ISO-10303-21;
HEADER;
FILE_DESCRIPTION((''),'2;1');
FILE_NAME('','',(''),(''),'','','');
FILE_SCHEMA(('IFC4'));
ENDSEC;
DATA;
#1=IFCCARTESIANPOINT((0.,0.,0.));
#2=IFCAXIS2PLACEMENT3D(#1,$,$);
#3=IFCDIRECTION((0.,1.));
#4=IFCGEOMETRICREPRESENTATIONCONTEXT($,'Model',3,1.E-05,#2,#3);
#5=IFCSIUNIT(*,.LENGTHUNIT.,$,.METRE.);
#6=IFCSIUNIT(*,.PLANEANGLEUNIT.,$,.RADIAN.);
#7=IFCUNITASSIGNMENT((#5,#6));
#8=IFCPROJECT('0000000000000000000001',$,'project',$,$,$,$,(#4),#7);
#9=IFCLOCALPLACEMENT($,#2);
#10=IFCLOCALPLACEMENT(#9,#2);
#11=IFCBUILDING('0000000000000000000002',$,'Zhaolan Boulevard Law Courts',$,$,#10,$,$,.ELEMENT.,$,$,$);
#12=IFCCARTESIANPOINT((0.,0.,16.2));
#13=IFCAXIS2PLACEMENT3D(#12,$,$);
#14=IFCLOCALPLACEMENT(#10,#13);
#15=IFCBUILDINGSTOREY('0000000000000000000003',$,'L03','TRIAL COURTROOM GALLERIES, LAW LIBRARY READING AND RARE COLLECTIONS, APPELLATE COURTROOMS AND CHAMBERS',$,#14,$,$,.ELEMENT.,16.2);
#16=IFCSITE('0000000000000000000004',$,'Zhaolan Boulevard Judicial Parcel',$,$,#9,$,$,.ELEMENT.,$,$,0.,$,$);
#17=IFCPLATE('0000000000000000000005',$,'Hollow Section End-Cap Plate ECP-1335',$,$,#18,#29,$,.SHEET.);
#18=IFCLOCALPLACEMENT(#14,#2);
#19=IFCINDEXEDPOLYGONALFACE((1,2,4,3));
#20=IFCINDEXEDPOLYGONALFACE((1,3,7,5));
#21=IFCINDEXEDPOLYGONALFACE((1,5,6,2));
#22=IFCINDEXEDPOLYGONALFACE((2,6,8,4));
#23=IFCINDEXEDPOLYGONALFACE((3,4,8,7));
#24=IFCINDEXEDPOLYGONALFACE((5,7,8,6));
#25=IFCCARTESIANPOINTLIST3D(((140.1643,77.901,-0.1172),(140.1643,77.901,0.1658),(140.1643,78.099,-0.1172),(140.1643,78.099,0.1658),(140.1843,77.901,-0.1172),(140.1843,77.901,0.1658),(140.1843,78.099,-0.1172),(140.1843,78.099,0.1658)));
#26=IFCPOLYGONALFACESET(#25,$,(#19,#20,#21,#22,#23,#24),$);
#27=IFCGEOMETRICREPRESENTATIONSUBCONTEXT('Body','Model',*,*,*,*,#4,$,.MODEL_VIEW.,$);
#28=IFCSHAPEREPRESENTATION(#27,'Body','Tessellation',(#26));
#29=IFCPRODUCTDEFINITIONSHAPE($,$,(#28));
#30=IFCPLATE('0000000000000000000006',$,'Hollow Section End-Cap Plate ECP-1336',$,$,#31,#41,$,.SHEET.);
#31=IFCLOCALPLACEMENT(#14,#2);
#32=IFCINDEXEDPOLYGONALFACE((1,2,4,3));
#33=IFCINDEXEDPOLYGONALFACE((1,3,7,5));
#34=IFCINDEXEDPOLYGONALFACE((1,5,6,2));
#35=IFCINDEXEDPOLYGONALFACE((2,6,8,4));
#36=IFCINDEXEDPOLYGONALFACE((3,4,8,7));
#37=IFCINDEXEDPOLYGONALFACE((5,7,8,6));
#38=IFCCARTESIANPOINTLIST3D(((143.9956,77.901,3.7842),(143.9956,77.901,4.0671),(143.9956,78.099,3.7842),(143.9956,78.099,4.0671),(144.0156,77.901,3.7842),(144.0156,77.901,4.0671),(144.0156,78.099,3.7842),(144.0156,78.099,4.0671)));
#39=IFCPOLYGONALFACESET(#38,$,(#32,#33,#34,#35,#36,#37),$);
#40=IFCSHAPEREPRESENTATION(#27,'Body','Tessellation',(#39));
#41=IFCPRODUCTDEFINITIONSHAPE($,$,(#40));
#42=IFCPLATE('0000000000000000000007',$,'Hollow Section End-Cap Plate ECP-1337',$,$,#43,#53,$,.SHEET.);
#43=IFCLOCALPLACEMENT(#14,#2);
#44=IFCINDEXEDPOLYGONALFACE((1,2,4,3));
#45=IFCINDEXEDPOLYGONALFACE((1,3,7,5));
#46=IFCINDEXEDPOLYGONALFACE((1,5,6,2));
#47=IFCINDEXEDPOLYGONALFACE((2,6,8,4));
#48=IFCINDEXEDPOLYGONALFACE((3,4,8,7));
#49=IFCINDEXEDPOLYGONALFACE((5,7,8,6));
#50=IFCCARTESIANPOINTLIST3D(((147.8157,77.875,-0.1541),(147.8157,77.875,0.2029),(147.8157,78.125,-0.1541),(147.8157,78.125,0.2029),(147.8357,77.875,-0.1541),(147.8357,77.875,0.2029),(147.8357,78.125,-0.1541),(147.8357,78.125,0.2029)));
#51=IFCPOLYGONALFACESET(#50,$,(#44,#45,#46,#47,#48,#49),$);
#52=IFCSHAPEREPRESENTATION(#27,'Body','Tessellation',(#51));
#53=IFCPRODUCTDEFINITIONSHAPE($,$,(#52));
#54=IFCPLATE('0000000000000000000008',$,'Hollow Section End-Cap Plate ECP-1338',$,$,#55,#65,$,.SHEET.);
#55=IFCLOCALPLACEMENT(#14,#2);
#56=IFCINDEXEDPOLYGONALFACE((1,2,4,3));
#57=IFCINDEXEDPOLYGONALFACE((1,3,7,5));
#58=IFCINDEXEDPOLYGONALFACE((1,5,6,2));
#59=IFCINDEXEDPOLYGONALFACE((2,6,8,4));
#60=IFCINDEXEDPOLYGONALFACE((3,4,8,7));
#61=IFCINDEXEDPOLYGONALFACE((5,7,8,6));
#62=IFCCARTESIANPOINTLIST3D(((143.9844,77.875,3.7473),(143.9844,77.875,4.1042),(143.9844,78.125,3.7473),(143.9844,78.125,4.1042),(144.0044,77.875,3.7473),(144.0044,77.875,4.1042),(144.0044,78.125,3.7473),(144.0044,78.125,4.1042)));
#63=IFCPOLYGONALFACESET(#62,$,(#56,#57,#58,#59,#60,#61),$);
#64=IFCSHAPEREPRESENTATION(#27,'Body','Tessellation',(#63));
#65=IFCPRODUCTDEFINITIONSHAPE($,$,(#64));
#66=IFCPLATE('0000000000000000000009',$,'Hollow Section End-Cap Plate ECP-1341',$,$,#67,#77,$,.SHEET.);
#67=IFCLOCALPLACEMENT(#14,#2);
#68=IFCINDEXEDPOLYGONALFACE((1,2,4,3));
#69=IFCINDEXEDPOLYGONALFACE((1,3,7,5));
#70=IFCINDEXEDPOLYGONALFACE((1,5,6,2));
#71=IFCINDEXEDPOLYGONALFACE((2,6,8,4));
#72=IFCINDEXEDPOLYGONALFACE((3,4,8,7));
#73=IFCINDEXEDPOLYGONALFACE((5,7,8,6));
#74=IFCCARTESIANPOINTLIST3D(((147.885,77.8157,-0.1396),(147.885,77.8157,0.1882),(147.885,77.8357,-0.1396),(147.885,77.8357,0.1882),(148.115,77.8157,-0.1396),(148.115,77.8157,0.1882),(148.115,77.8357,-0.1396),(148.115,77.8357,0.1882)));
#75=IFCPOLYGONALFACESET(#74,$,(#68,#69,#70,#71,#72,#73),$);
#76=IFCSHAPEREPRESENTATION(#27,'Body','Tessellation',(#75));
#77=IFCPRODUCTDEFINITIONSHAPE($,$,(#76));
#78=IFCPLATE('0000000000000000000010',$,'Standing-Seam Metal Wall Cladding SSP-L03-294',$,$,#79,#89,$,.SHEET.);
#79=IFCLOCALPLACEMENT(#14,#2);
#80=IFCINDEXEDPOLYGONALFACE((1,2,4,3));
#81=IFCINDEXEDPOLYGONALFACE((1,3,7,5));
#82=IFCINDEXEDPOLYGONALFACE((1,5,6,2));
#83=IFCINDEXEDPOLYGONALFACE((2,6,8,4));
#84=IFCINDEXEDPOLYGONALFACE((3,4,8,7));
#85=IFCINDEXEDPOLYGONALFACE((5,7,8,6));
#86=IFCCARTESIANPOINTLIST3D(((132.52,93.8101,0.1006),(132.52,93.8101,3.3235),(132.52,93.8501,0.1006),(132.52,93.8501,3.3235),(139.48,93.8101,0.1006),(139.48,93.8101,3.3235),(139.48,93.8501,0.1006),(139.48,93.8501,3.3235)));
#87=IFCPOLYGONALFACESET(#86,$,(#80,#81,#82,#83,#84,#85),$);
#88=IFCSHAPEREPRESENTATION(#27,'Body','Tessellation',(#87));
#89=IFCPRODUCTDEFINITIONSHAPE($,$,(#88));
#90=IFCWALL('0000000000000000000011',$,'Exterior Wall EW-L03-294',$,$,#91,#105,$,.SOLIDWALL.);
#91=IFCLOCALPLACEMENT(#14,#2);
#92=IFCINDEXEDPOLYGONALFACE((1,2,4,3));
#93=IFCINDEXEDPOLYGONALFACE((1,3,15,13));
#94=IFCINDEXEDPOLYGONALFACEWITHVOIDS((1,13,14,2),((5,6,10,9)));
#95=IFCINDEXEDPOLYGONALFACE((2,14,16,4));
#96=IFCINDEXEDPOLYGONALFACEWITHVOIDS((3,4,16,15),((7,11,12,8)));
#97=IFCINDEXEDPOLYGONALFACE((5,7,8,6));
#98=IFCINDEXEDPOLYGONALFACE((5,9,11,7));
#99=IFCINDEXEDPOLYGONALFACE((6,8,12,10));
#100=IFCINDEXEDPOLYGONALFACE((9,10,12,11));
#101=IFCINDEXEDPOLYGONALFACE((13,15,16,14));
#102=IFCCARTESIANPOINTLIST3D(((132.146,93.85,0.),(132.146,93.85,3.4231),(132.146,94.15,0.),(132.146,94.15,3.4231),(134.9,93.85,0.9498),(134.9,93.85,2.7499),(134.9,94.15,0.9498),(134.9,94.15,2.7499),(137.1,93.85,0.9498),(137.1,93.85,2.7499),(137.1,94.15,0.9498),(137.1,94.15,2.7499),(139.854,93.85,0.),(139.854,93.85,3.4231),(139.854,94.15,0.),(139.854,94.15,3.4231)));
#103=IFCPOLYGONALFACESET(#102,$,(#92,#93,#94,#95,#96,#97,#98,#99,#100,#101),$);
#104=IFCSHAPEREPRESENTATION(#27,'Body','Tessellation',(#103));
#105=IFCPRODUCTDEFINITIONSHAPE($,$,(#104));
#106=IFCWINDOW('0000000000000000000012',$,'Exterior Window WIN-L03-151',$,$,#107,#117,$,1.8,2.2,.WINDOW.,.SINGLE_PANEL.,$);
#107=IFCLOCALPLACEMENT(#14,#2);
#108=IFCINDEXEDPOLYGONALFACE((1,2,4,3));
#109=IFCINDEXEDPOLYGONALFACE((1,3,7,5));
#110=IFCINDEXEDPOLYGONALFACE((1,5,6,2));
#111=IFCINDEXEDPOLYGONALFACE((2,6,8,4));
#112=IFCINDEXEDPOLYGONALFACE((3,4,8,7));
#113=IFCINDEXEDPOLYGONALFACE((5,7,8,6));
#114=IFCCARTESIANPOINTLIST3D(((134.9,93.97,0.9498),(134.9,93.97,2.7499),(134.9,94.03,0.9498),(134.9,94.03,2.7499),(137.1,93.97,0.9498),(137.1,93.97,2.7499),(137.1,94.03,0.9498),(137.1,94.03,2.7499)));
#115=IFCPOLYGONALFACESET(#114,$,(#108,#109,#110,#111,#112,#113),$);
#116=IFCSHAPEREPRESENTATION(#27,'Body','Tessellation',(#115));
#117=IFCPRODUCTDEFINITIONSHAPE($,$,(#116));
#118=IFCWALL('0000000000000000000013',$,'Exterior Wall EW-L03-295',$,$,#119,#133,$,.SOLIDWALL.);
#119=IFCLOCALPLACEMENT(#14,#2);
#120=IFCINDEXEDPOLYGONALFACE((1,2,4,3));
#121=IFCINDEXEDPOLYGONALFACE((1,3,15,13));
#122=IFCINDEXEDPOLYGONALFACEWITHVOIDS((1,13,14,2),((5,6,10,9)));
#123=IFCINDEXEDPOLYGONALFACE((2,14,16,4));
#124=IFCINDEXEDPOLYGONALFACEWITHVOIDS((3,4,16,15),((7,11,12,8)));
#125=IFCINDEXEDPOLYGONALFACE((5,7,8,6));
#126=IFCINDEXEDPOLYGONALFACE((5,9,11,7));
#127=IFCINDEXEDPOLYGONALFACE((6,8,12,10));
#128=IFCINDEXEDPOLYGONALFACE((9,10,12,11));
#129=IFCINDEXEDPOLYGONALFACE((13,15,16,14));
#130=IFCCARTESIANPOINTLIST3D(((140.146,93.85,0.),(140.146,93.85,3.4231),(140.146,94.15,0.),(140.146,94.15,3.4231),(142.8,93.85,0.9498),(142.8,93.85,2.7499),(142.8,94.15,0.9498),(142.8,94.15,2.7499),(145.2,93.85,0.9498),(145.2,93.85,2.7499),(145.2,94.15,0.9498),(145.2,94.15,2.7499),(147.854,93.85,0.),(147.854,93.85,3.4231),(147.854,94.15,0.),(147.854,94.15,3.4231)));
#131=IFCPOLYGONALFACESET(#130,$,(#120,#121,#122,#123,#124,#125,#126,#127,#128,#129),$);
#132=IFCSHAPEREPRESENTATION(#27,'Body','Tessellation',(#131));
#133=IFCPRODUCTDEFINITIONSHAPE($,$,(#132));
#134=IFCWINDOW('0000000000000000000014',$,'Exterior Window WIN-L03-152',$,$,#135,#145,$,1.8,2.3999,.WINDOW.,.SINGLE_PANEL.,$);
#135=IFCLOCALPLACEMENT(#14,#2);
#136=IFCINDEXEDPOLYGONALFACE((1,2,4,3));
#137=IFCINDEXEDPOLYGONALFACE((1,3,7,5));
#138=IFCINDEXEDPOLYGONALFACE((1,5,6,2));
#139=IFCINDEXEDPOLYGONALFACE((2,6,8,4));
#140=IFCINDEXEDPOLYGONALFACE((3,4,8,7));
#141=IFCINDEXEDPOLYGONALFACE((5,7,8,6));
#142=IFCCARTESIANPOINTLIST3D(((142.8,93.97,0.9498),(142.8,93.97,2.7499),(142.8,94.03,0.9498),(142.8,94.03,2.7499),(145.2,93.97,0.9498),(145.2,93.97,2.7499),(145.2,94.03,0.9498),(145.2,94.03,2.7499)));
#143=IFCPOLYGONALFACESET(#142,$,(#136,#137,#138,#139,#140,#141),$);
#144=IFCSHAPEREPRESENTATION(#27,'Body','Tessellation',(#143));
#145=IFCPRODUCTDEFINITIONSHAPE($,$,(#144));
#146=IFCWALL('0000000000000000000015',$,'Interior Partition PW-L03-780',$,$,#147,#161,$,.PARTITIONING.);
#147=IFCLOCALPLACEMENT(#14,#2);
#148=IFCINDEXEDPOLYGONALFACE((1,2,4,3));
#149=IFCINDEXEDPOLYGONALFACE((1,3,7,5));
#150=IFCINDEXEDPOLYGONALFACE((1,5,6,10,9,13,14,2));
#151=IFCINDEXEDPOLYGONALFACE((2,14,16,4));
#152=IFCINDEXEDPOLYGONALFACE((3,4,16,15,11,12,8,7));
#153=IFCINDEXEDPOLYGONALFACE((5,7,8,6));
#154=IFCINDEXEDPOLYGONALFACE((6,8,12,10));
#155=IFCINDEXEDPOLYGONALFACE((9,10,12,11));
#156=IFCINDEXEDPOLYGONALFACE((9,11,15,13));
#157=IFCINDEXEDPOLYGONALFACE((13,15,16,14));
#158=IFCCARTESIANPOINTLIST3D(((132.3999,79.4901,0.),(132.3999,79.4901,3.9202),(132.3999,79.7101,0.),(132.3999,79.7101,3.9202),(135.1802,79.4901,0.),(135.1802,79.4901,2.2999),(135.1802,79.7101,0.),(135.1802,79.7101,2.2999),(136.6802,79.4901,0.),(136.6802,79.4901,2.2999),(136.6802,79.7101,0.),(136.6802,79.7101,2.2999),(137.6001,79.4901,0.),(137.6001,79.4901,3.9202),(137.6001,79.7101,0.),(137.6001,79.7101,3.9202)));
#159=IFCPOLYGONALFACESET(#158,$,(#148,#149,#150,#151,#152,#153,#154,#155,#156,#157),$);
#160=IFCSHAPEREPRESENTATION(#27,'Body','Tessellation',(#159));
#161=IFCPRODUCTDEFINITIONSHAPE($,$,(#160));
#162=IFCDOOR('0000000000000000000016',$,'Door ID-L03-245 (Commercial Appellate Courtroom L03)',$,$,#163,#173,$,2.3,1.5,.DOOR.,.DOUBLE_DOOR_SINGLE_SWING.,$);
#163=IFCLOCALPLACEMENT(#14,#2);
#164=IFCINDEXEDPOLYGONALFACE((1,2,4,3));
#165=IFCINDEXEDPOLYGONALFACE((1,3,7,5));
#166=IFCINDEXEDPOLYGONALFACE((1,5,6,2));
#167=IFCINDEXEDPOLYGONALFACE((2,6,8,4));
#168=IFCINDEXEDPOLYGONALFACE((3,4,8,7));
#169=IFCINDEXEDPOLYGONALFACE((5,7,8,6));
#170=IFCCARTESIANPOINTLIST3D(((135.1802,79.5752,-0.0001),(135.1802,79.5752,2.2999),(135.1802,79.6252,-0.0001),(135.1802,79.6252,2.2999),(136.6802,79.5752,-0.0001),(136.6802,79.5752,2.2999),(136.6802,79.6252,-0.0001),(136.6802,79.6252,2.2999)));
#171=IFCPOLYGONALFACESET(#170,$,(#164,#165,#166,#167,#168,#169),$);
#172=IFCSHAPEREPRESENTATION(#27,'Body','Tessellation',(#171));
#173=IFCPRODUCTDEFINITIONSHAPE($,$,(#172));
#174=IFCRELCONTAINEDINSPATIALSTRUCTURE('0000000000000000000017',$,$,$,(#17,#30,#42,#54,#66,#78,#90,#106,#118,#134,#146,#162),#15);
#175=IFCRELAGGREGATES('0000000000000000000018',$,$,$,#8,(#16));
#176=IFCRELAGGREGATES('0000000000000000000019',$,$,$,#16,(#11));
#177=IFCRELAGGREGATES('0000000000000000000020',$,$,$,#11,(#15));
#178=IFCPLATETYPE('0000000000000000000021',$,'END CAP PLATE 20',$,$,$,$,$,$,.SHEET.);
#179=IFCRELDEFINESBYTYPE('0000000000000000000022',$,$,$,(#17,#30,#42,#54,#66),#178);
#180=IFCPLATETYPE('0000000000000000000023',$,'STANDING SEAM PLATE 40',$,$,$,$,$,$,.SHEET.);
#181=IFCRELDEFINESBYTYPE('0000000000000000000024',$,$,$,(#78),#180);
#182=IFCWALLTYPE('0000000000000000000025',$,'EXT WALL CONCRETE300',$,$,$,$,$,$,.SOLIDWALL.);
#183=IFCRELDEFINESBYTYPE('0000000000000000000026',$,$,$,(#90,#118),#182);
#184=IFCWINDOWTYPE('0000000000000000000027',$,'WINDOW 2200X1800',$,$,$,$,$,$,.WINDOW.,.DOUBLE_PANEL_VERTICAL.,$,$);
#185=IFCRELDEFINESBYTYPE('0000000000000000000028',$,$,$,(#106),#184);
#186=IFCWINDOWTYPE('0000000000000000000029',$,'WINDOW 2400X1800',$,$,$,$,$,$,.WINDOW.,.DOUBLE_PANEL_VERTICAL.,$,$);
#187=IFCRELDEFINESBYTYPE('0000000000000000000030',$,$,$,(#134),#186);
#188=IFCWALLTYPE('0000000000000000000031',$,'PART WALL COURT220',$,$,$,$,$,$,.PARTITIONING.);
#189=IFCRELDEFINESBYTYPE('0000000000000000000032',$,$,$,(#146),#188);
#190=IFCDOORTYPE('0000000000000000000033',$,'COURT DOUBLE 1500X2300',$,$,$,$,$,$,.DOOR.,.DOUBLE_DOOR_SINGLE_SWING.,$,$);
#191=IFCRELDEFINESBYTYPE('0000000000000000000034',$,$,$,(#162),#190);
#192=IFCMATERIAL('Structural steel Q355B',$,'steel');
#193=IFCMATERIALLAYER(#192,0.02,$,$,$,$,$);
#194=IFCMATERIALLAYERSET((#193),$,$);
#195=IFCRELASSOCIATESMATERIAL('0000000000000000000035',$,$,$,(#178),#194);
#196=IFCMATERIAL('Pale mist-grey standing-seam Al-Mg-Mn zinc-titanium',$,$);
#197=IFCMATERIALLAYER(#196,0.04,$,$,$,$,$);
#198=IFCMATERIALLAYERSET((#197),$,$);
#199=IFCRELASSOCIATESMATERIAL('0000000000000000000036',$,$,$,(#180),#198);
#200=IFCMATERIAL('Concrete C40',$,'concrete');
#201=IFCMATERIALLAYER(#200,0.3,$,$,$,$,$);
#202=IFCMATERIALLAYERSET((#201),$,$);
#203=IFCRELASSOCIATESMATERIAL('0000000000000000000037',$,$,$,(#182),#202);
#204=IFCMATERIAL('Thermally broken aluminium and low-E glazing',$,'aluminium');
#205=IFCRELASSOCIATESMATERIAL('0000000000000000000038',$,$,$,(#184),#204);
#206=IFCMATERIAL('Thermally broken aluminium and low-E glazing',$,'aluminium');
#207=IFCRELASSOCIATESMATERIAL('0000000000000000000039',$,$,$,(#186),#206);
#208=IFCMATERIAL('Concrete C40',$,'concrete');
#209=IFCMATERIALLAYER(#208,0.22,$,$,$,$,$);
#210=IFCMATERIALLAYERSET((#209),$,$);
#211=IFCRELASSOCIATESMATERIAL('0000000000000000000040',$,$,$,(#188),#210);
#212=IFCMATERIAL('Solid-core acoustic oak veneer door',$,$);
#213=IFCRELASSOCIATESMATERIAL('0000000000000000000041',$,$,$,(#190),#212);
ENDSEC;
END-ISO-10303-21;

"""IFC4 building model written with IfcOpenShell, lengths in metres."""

from ifc_helpers import new_model, si_unit, direction, frame, frame_2d, origin, origin_2d, place, context, subcontext, project, spatial, rectangle, extrude, material, layer, layer_set, type_object, element, fill, save


model = new_model("IFC4")

# Units and contexts
model_context = context("Model", 3, precision=1e-05, world=origin(), true_north=direction((0.0, 1.0)))
body_context = subcontext(model_context, "Body", "Model", "MODEL_VIEW")
ifc_project = project(units=[si_unit("LENGTHUNIT", "METRE"), si_unit("PLANEANGLEUNIT", "RADIAN")], contexts=[model_context])

# Site, building, storey
site_placement = place(None, origin())
site = spatial("IfcSite", under=ifc_project, at=site_placement, Name="Zhaolan Boulevard Judicial Parcel", CompositionType="ELEMENT", RefElevation=0.0)
building_placement = place(site_placement, origin())
building = spatial("IfcBuilding", under=site, at=building_placement, Name="Zhaolan Boulevard Law Courts", CompositionType="ELEMENT")
storey_placement = place(building_placement, frame((0.0, 0.0, 16.2)))
storey = spatial("IfcBuildingStorey", under=building, at=storey_placement, Name="L03", Description="TRIAL COURTROOM GALLERIES, LAW LIBRARY READING AND RARE COLLECTIONS, APPELLATE COURTROOMS AND CHAMBERS", CompositionType="ELEMENT", Elevation=16.2)

# Plates
ifc_material_1 = material(Name="Structural steel Q355B", Category="steel")
ifc_layer_1 = layer(ifc_material_1, 0.02)
ifc_layer_set_1 = layer_set([ifc_layer_1])
plate_type_1 = type_object("IfcPlateType", Name="END CAP PLATE 20", PredefinedType="SHEET", material=ifc_layer_set_1)
for number, where, z_axis, x_axis, name in (
    (1, (140.1743, 78.0, -0.1172), (0.0, 0.0, 1.0), (1.0, 0.0, 0.0), "Hollow Section End-Cap Plate ECP-1335"),
    (2, (144.0056, 78.0, 3.7842), (0.0, 0.0, 1.0), (1.0, 0.0, 0.0), "Hollow Section End-Cap Plate ECP-1336"),
):
    element("IfcPlate", number, at=place(storey_placement, frame(where, z_axis=z_axis, x_axis=x_axis)), inside=storey, type_object=plate_type_1, Name=name, PredefinedType="SHEET", context=body_context, shape_type="SweptSolid", body=[
        extrude(rectangle(XDim=0.02, YDim=0.198, at=origin_2d()), origin(), (0.0, 0.0, 1.0), 0.283),
    ])
for number, where, z_axis, x_axis, name in (
    (3, (147.8257, 78.0, -0.1541), (0.0, 0.0, 1.0), (-1.0, 0.0, 0.0), "Hollow Section End-Cap Plate ECP-1337"),
    (4, (143.9944, 78.0, 3.7473), (0.0, 0.0, 1.0), (-1.0, 0.0, 0.0), "Hollow Section End-Cap Plate ECP-1338"),
):
    element("IfcPlate", number, at=place(storey_placement, frame(where, z_axis=z_axis, x_axis=x_axis)), inside=storey, type_object=plate_type_1, Name=name, PredefinedType="SHEET", context=body_context, shape_type="SweptSolid", body=[
        extrude(rectangle(XDim=0.02, YDim=0.25, at=origin_2d()), origin(), (0.0, 0.0, 1.0), 0.3569),
    ])
plate_1_placement = place(storey_placement, frame((148.0, 77.8257, -0.1396), z_axis=(0.0, 0.0, 1.0), x_axis=(0.0, -1.0, 0.0)))
element("IfcPlate", 5, at=plate_1_placement, inside=storey, type_object=plate_type_1, Name="Hollow Section End-Cap Plate ECP-1341", PredefinedType="SHEET", context=body_context, shape_type="SweptSolid", body=[
    extrude(rectangle(XDim=0.02, YDim=0.23, at=origin_2d()), origin(), (0.0, 0.0, 1.0), 0.3279),
])
ifc_material_2 = material(Name="Pale mist-grey standing-seam Al-Mg-Mn zinc-titanium")
ifc_layer_2 = layer(ifc_material_2, 0.04)
ifc_layer_set_2 = layer_set([ifc_layer_2])
plate_type_2 = type_object("IfcPlateType", Name="STANDING SEAM PLATE 40", PredefinedType="SHEET", material=ifc_layer_set_2)
plate_2_placement = place(storey_placement, frame((136.0, 93.8301, 0.1006), z_axis=(0.0, 0.0, 1.0), x_axis=(-1.0, 0.0, 0.0)))
element("IfcPlate", 6, at=plate_2_placement, inside=storey, type_object=plate_type_2, Name="Standing-Seam Metal Wall Cladding SSP-L03-294", PredefinedType="SHEET", context=body_context, shape_type="SweptSolid", body=[
    extrude(rectangle(XDim=6.96, YDim=0.04, at=origin_2d()), origin(), (0.0, 0.0, 1.0), 3.2229),
])

# Walls, openings, windows
ifc_material_3 = material(Name="Concrete C40", Category="concrete")
ifc_layer_3 = layer(ifc_material_3, 0.3)
ifc_layer_set_3 = layer_set([ifc_layer_3])
wall_type_1 = type_object("IfcWallType", Name="EXT WALL CONCRETE300", PredefinedType="SOLIDWALL", material=ifc_layer_set_3)
wall_1_placement = place(storey_placement, frame((139.854, 94.0, 0.0), z_axis=(0.0, 0.0, 1.0), x_axis=(-1.0, 0.0, 0.0)))
wall_1 = element("IfcWall", 7, at=wall_1_placement, inside=storey, type_object=wall_type_1, Name="Exterior Wall EW-L03-294", PredefinedType="SOLIDWALL", context=body_context, shape_type="SweptSolid", body=[
    extrude(rectangle(XDim=7.708, YDim=0.3, at=frame_2d((3.854, 0.0))), origin(), (0.0, 0.0, 1.0), 3.4231),
])
opening_1_placement = place(wall_1_placement, frame((2.7539, 0.0, 0.95)))
opening_1 = element("IfcOpeningElement", 8, at=opening_1_placement, cuts=wall_1, PredefinedType="OPENING", context=body_context, shape_type="SweptSolid", body=[
    extrude(rectangle(XDim=2.2, YDim=1.8, at=frame_2d((1.1001, 0.8999))), frame((0.0, 0.1599, 0.0), z_axis=(0.0, -1.0, 0.0), x_axis=(1.0, 0.0, 0.0)), (0.0, 0.0, 1.0), 0.3201),
])
ifc_material_4 = material(Name="Thermally broken aluminium and low-E glazing", Category="aluminium")
window_type_1 = type_object("IfcWindowType", Name="WINDOW 2200X1800", PartitioningType="DOUBLE_PANEL_VERTICAL", PredefinedType="WINDOW", material=ifc_material_4)
window_1_placement = place(opening_1_placement, origin())
window_1 = element("IfcWindow", 9, at=window_1_placement, inside=storey, type_object=window_type_1, Name="Exterior Window WIN-L03-151", OverallHeight=1.8, OverallWidth=2.2, PartitioningType="SINGLE_PANEL", PredefinedType="WINDOW", context=body_context, shape_type="SweptSolid", body=[
    extrude(rectangle(XDim=2.2, YDim=1.8, at=frame_2d((1.1001, 0.8999))), frame((0.0, 0.03, 0.0), z_axis=(0.0, -1.0, 0.0), x_axis=(1.0, 0.0, 0.0)), (0.0, 0.0, 1.0), 0.0601),
])
fill(opening_1, window_1)
wall_2_placement = place(storey_placement, frame((147.854, 94.0, 0.0), z_axis=(0.0, 0.0, 1.0), x_axis=(-1.0, 0.0, 0.0)))
wall_2 = element("IfcWall", 10, at=wall_2_placement, inside=storey, type_object=wall_type_1, Name="Exterior Wall EW-L03-295", PredefinedType="SOLIDWALL", context=body_context, shape_type="SweptSolid", body=[
    extrude(rectangle(XDim=7.708, YDim=0.3, at=frame_2d((3.854, 0.0))), origin(), (0.0, 0.0, 1.0), 3.4231),
])
opening_2_placement = place(wall_2_placement, frame((2.6541, 0.0, 0.95)))
opening_2 = element("IfcOpeningElement", 11, at=opening_2_placement, cuts=wall_2, PredefinedType="OPENING", context=body_context, shape_type="SweptSolid", body=[
    extrude(rectangle(XDim=2.3999, YDim=1.8, at=frame_2d((1.2, 0.8999))), frame((0.0, 0.1599, 0.0), z_axis=(0.0, -1.0, 0.0), x_axis=(1.0, 0.0, 0.0)), (0.0, 0.0, 1.0), 0.3201),
])
ifc_material_5 = material(Name="Thermally broken aluminium and low-E glazing", Category="aluminium")
window_type_2 = type_object("IfcWindowType", Name="WINDOW 2400X1800", PartitioningType="DOUBLE_PANEL_VERTICAL", PredefinedType="WINDOW", material=ifc_material_5)
window_2_placement = place(opening_2_placement, origin())
window_2 = element("IfcWindow", 12, at=window_2_placement, inside=storey, type_object=window_type_2, Name="Exterior Window WIN-L03-152", OverallHeight=1.8, OverallWidth=2.3999, PartitioningType="SINGLE_PANEL", PredefinedType="WINDOW", context=body_context, shape_type="SweptSolid", body=[
    extrude(rectangle(XDim=2.3999, YDim=1.8, at=frame_2d((1.2, 0.8999))), frame((0.0, 0.03, 0.0), z_axis=(0.0, -1.0, 0.0), x_axis=(1.0, 0.0, 0.0)), (0.0, 0.0, 1.0), 0.0601),
])
fill(opening_2, window_2)

# Wall, opening, door
ifc_material_6 = material(Name="Concrete C40", Category="concrete")
ifc_layer_4 = layer(ifc_material_6, 0.22)
ifc_layer_set_4 = layer_set([ifc_layer_4])
wall_type_2 = type_object("IfcWallType", Name="PART WALL COURT220", PredefinedType="PARTITIONING", material=ifc_layer_set_4)
wall_3_placement = place(storey_placement, frame((137.6001, 79.6001, 0.0), z_axis=(0.0, 0.0, 1.0), x_axis=(-1.0, 0.0, 0.0)))
wall_3 = element("IfcWall", 13, at=wall_3_placement, inside=storey, type_object=wall_type_2, Name="Interior Partition PW-L03-780", PredefinedType="PARTITIONING", context=body_context, shape_type="SweptSolid", body=[
    extrude(rectangle(XDim=5.2002, YDim=0.22, at=frame_2d((2.6001, 0.0))), origin(), (0.0, 0.0, 1.0), 3.9202),
])
opening_3_placement = place(wall_3_placement, frame((0.9199, 0.0, 0.0)))
opening_3 = element("IfcOpeningElement", 14, at=opening_3_placement, cuts=wall_3, PredefinedType="OPENING", context=body_context, shape_type="SweptSolid", body=[
    extrude(rectangle(XDim=1.5, YDim=2.3, at=frame_2d((0.75, 1.1499))), frame((0.0, 0.1199, 0.0), z_axis=(0.0, -1.0, 0.0), x_axis=(1.0, 0.0, 0.0)), (0.0, 0.0, 1.0), 0.24),
])
ifc_material_7 = material(Name="Solid-core acoustic oak veneer door")
door_type = type_object("IfcDoorType", Name="COURT DOUBLE 1500X2300", OperationType="DOUBLE_DOOR_SINGLE_SWING", PredefinedType="DOOR", material=ifc_material_7)
door_placement = place(opening_3_placement, origin())
door = element("IfcDoor", 15, at=door_placement, inside=storey, type_object=door_type, Name="Door ID-L03-245 (Commercial Appellate Courtroom L03)", OperationType="DOUBLE_DOOR_SINGLE_SWING", OverallHeight=2.3, OverallWidth=1.5, PredefinedType="DOOR", context=body_context, shape_type="SweptSolid", body=[
    extrude(rectangle(XDim=1.5, YDim=2.3, at=frame_2d((0.75, 1.1499))), frame((0.0, 0.0249, 0.0), z_axis=(0.0, -1.0, 0.0), x_axis=(1.0, 0.0, 0.0)), (0.0, 0.0, 1.0), 0.05),
])
fill(opening_3, door)

save(model, "model.ifc")
